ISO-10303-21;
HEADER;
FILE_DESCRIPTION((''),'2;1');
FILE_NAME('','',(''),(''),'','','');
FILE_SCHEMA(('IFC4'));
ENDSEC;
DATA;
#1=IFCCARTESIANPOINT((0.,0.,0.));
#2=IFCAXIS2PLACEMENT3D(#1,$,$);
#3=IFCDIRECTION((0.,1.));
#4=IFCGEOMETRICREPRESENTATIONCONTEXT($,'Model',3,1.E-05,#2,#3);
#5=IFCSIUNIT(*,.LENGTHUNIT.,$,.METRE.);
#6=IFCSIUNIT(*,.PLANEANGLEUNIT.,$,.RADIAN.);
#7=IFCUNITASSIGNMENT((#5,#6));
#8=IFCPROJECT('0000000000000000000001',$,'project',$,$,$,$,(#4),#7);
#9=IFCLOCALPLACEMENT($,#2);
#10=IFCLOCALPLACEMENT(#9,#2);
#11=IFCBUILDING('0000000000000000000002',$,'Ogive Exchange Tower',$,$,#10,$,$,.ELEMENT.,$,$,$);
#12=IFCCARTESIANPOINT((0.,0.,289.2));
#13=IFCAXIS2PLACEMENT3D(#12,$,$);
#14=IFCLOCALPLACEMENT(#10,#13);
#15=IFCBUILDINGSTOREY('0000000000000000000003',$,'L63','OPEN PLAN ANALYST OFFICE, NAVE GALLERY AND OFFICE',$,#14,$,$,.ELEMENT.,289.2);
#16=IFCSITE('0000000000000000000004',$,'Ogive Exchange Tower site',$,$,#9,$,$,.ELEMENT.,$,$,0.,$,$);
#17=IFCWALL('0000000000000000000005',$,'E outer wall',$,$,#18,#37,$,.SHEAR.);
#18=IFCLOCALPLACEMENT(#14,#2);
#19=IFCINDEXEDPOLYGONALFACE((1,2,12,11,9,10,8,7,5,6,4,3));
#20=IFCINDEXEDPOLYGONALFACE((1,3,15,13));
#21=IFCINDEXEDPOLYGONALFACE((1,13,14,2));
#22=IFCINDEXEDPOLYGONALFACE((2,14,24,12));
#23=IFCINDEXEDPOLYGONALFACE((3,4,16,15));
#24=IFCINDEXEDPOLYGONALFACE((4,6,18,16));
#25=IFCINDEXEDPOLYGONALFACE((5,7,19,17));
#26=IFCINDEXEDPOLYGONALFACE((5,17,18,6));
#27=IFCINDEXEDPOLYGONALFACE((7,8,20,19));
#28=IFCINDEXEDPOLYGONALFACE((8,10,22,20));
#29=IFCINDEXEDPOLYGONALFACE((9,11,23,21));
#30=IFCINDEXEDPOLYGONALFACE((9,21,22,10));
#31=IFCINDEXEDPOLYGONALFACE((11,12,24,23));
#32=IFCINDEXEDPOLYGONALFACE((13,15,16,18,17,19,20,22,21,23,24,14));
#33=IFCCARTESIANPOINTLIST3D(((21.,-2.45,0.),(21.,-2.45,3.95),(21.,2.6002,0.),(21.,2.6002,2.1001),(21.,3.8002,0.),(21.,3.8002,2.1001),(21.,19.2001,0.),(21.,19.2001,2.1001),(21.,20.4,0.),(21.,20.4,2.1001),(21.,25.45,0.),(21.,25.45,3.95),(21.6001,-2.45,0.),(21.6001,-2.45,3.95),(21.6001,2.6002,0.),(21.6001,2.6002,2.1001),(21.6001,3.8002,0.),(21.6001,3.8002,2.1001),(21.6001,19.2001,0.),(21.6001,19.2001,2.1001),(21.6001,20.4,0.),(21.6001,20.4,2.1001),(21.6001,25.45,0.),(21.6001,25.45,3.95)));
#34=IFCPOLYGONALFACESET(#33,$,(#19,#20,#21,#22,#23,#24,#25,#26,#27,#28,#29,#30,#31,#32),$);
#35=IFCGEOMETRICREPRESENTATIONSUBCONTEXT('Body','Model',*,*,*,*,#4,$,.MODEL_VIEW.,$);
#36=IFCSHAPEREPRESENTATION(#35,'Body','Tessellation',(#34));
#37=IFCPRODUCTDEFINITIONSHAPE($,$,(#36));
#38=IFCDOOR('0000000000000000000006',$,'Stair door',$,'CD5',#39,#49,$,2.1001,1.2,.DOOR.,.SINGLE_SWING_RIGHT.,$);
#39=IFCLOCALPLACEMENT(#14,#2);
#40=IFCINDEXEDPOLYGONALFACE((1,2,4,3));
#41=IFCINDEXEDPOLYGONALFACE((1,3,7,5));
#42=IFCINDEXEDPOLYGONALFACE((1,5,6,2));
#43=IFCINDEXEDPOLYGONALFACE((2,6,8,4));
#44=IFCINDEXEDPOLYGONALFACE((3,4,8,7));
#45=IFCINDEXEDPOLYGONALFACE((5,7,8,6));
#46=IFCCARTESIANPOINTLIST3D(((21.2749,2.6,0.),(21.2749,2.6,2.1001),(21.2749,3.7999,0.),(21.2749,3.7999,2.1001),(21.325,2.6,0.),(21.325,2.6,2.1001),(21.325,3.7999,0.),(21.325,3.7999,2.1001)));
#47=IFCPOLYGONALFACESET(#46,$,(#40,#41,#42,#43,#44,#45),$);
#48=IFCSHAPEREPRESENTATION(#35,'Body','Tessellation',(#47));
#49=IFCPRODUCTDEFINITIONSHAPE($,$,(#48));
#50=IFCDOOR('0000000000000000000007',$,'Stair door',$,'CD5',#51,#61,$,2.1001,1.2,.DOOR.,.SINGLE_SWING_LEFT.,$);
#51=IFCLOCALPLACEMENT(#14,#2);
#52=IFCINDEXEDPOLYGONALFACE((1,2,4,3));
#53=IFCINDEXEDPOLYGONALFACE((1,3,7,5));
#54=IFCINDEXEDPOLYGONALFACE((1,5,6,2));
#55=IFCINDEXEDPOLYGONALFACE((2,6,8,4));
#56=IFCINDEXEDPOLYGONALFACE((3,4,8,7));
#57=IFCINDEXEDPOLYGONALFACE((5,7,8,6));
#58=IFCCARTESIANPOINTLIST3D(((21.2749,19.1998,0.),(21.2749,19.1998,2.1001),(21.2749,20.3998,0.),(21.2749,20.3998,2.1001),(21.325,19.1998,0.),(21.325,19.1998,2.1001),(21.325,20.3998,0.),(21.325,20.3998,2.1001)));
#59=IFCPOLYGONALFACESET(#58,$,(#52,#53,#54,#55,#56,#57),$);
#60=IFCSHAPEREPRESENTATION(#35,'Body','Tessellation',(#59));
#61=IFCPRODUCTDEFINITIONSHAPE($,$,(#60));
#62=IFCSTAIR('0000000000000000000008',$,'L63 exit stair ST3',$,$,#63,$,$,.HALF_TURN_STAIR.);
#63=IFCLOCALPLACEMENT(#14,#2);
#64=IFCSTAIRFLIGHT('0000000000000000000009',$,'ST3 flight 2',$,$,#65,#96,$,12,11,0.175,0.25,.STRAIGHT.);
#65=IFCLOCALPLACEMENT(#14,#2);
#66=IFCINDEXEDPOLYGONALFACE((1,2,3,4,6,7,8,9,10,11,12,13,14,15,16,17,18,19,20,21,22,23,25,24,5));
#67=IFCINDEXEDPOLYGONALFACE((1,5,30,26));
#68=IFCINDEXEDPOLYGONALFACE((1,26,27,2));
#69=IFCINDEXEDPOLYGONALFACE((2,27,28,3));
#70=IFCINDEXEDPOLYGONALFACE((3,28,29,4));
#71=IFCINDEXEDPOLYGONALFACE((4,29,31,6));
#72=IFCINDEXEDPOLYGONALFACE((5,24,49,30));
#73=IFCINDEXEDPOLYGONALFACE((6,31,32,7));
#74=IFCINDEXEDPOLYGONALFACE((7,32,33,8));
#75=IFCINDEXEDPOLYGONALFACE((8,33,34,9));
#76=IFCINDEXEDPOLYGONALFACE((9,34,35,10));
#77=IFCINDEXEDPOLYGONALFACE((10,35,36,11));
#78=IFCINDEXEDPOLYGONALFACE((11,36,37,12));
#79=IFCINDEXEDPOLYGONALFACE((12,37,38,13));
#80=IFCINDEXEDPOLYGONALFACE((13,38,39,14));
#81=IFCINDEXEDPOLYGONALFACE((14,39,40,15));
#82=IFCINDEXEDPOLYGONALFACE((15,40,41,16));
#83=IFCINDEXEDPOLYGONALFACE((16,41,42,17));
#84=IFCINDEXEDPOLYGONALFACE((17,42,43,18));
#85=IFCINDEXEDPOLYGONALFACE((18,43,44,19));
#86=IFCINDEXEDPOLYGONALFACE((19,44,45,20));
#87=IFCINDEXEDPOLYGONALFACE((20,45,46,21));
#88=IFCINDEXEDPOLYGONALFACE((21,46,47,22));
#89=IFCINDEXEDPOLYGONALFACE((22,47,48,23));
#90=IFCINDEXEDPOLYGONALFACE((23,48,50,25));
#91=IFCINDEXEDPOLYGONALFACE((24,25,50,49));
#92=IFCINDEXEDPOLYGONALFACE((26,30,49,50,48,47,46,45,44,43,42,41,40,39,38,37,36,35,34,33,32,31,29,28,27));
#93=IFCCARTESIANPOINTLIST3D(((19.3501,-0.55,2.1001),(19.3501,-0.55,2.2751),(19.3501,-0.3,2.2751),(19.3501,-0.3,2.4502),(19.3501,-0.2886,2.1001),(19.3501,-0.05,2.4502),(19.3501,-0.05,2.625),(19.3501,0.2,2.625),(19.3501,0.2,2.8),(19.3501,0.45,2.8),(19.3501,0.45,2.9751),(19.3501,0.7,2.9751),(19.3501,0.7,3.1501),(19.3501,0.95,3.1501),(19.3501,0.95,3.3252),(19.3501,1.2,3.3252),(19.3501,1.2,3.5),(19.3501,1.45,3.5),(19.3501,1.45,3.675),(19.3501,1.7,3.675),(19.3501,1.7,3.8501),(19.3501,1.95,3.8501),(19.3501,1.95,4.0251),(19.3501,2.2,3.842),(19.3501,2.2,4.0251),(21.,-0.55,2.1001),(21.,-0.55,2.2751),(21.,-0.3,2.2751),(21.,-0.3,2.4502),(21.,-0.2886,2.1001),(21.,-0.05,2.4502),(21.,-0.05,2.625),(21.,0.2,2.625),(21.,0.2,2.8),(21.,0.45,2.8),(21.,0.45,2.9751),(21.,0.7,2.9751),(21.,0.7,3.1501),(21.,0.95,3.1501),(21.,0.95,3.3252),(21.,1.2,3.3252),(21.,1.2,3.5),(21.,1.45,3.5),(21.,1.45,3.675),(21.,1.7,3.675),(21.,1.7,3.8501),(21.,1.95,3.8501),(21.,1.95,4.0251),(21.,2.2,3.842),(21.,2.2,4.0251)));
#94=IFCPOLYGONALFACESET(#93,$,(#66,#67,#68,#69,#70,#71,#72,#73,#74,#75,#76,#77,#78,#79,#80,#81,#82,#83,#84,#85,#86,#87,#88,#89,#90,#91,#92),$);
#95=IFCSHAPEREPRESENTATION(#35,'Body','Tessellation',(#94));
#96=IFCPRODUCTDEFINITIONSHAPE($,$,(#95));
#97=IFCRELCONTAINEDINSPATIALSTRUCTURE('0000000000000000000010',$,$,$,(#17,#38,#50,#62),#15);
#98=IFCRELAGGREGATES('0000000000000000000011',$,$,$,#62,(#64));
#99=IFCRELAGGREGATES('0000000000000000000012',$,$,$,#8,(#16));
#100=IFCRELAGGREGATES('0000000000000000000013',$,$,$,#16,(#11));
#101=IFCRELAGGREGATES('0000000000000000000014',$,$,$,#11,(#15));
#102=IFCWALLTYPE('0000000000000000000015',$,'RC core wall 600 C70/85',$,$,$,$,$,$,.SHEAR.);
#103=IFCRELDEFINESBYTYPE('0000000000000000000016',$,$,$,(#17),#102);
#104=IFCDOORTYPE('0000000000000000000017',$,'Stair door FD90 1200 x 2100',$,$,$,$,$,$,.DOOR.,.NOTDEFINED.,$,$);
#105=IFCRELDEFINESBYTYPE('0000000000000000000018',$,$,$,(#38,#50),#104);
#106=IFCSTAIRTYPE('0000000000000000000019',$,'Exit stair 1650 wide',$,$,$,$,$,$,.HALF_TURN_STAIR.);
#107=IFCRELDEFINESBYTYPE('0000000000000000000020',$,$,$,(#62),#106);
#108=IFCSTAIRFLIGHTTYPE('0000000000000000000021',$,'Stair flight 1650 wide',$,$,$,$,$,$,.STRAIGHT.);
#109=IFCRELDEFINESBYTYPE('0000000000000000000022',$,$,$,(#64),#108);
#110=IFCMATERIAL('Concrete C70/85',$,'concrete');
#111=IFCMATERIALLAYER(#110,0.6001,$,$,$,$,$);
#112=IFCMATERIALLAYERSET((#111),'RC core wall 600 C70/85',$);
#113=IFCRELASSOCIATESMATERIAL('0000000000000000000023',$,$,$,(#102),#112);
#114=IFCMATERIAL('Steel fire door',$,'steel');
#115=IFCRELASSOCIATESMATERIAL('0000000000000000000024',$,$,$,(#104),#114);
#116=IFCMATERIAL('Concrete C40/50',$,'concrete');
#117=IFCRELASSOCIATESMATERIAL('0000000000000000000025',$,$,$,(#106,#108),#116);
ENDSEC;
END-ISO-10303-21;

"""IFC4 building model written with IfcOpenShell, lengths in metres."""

from ifc_helpers import new_model, si_unit, direction, frame, frame_2d, origin, place, context, subcontext, project, spatial, polyline, rectangle, outline, extrude, material, layer, layer_set, type_object, element, fill, aggregate, save


model = new_model("IFC4")

# Units and contexts
model_context = context("Model", 3, precision=1e-05, world=origin(), true_north=direction((0.0, 1.0)))
body_context = subcontext(model_context, "Body", "Model", "MODEL_VIEW")
ifc_project = project(units=[si_unit("LENGTHUNIT", "METRE"), si_unit("PLANEANGLEUNIT", "RADIAN")], contexts=[model_context])

# Site, building, storey
site_placement = place(None, origin())
site = spatial("IfcSite", under=ifc_project, at=site_placement, Name="Ogive Exchange Tower site", CompositionType="ELEMENT", RefElevation=0.0)
building_placement = place(site_placement, origin())
building = spatial("IfcBuilding", under=site, at=building_placement, Name="Ogive Exchange Tower", CompositionType="ELEMENT")
storey_placement = place(building_placement, frame((0.0, 0.0, 289.2)))
storey = spatial("IfcBuildingStorey", under=building, at=storey_placement, Name="L63", Description="OPEN PLAN ANALYST OFFICE, NAVE GALLERY AND OFFICE", CompositionType="ELEMENT", Elevation=289.2)

# Wall, openings, doors
ifc_material_1 = material(Name="Concrete C70/85", Category="concrete")
ifc_layer_1 = layer(ifc_material_1, 0.6001)
ifc_layer_set_1 = layer_set([ifc_layer_1], Name="RC core wall 600 C70/85")
wall_type_1 = type_object("IfcWallType", Name="RC core wall 600 C70/85", PredefinedType="SHEAR", material=ifc_layer_set_1)
wall_1_placement = place(storey_placement, frame((21.3, -2.45, 0.0), z_axis=(0.0, 0.0, 1.0), x_axis=(0.0, 1.0, 0.0)))
wall_1 = element("IfcWall", 1, at=wall_1_placement, inside=storey, type_object=wall_type_1, Name="E outer wall", PredefinedType="SHEAR", context=body_context, shape_type="SweptSolid", body=[
    extrude(rectangle(XDim=27.8999, YDim=0.6001, at=frame_2d((13.95, 0.0))), origin(), (0.0, 0.0, 1.0), 3.95),
])
opening_1_placement = place(wall_1_placement, frame((5.05, 0.0, 0.0)))
opening_1 = element("IfcOpeningElement", 2, at=opening_1_placement, cuts=wall_1, PredefinedType="OPENING", context=body_context, shape_type="SweptSolid", body=[
    extrude(rectangle(XDim=1.2, YDim=2.1001, at=frame_2d((0.6001, 1.05))), frame((0.0, 0.3101, 0.0), z_axis=(0.0, -1.0, 0.0), x_axis=(1.0, 0.0, 0.0)), (0.0, 0.0, 1.0), 0.6201),
])
opening_2_placement = place(wall_1_placement, frame((21.6499, 0.0, 0.0)))
opening_2 = element("IfcOpeningElement", 3, at=opening_2_placement, cuts=wall_1, PredefinedType="OPENING", context=body_context, shape_type="SweptSolid", body=[
    extrude(rectangle(XDim=1.2, YDim=2.1001, at=frame_2d((0.6001, 1.05))), frame((0.0, 0.3101, 0.0), z_axis=(0.0, -1.0, 0.0), x_axis=(1.0, 0.0, 0.0)), (0.0, 0.0, 1.0), 0.6201),
])
ifc_material_2 = material(Name="Steel fire door", Category="steel")
door_type_1 = type_object("IfcDoorType", Name="Stair door FD90 1200 x 2100", OperationType="NOTDEFINED", PredefinedType="DOOR", material=ifc_material_2)
door_1_placement = place(opening_1_placement, frame((1.2, 0.0, 0.0), z_axis=(0.0, 0.0, 1.0), x_axis=(-1.0, 0.0, 0.0)))
door_1 = element("IfcDoor", 4, at=door_1_placement, inside=storey, type_object=door_type_1, Name="Stair door", ObjectType="CD5", OperationType="SINGLE_SWING_RIGHT", OverallHeight=2.1001, OverallWidth=1.2, PredefinedType="DOOR", context=body_context, shape_type="SweptSolid", body=[
    extrude(rectangle(XDim=1.2, YDim=2.1001, at=frame_2d((0.6001, 1.05))), frame((0.0, 0.0249, 0.0), z_axis=(0.0, -1.0, 0.0), x_axis=(1.0, 0.0, 0.0)), (0.0, 0.0, 1.0), 0.05),
])
fill(opening_1, door_1)
door_2_placement = place(opening_2_placement, frame((1.2, 0.0, 0.0), z_axis=(0.0, 0.0, 1.0), x_axis=(-1.0, 0.0, 0.0)))
door_2 = element("IfcDoor", 5, at=door_2_placement, inside=storey, type_object=door_type_1, Name="Stair door", ObjectType="CD5", OperationType="SINGLE_SWING_LEFT", OverallHeight=2.1001, OverallWidth=1.2, PredefinedType="DOOR", context=body_context, shape_type="SweptSolid", body=[
    extrude(rectangle(XDim=1.2, YDim=2.1001, at=frame_2d((0.6001, 1.05))), frame((0.0, 0.0249, 0.0), z_axis=(0.0, -1.0, 0.0), x_axis=(1.0, 0.0, 0.0)), (0.0, 0.0, 1.0), 0.05),
])
fill(opening_2, door_2)

# Stair, stair flight
ifc_material_3 = material(Name="Concrete C40/50", Category="concrete")
stair_type = type_object("IfcStairType", Name="Exit stair 1650 wide", PredefinedType="HALF_TURN_STAIR", material=ifc_material_3)
stair_placement = place(storey_placement, origin())
stair = element("IfcStair", 6, at=stair_placement, inside=storey, type_object=stair_type, Name="L63 exit stair ST3", PredefinedType="HALF_TURN_STAIR")
stair_flight_type = type_object("IfcStairFlightType", Name="Stair flight 1650 wide", PredefinedType="STRAIGHT", material=ifc_material_3)
stair_flight_placement = place(storey_placement, frame((20.175, -0.55, 2.1001), z_axis=(0.0, 0.0, 1.0), x_axis=(0.0, 1.0, 0.0)))
stair_flight = element("IfcStairFlight", 7, at=stair_flight_placement, type_object=stair_flight_type, Name="ST3 flight 2", NumberOfRisers=12, NumberOfTreads=11, PredefinedType="STRAIGHT", RiserHeight=0.175, TreadLength=0.25, context=body_context, shape_type="SweptSolid", body=[
    extrude(outline(polyline([(0.0, 0.0), (0.0, 0.175), (0.25, 0.175), (0.25, 0.3501), (0.5, 0.3501), (0.5, 0.5249), (0.75, 0.5249), (0.75, 0.7), (1.0, 0.7), (1.0, 0.875), (1.25, 0.875), (1.25, 1.05), (1.5, 1.05), (1.5, 1.2251), (1.75, 1.2251), (1.75, 1.3999), (2.0, 1.3999), (2.0, 1.575), (2.25, 1.575), (2.25, 1.75), (2.5, 1.75), (2.5, 1.925), (2.75, 1.925), (2.75, 2.1001), (2.75, 1.7419), (0.2615, 0.0), (0.0, 0.0)])), frame((0.0, 0.825, 0.0), z_axis=(0.0, -1.0, 0.0), x_axis=(1.0, 0.0, 0.0)), (0.0, 0.0, 1.0), 1.6499),
])
aggregate(stair, [stair_flight])

save(model, "model.ifc")
